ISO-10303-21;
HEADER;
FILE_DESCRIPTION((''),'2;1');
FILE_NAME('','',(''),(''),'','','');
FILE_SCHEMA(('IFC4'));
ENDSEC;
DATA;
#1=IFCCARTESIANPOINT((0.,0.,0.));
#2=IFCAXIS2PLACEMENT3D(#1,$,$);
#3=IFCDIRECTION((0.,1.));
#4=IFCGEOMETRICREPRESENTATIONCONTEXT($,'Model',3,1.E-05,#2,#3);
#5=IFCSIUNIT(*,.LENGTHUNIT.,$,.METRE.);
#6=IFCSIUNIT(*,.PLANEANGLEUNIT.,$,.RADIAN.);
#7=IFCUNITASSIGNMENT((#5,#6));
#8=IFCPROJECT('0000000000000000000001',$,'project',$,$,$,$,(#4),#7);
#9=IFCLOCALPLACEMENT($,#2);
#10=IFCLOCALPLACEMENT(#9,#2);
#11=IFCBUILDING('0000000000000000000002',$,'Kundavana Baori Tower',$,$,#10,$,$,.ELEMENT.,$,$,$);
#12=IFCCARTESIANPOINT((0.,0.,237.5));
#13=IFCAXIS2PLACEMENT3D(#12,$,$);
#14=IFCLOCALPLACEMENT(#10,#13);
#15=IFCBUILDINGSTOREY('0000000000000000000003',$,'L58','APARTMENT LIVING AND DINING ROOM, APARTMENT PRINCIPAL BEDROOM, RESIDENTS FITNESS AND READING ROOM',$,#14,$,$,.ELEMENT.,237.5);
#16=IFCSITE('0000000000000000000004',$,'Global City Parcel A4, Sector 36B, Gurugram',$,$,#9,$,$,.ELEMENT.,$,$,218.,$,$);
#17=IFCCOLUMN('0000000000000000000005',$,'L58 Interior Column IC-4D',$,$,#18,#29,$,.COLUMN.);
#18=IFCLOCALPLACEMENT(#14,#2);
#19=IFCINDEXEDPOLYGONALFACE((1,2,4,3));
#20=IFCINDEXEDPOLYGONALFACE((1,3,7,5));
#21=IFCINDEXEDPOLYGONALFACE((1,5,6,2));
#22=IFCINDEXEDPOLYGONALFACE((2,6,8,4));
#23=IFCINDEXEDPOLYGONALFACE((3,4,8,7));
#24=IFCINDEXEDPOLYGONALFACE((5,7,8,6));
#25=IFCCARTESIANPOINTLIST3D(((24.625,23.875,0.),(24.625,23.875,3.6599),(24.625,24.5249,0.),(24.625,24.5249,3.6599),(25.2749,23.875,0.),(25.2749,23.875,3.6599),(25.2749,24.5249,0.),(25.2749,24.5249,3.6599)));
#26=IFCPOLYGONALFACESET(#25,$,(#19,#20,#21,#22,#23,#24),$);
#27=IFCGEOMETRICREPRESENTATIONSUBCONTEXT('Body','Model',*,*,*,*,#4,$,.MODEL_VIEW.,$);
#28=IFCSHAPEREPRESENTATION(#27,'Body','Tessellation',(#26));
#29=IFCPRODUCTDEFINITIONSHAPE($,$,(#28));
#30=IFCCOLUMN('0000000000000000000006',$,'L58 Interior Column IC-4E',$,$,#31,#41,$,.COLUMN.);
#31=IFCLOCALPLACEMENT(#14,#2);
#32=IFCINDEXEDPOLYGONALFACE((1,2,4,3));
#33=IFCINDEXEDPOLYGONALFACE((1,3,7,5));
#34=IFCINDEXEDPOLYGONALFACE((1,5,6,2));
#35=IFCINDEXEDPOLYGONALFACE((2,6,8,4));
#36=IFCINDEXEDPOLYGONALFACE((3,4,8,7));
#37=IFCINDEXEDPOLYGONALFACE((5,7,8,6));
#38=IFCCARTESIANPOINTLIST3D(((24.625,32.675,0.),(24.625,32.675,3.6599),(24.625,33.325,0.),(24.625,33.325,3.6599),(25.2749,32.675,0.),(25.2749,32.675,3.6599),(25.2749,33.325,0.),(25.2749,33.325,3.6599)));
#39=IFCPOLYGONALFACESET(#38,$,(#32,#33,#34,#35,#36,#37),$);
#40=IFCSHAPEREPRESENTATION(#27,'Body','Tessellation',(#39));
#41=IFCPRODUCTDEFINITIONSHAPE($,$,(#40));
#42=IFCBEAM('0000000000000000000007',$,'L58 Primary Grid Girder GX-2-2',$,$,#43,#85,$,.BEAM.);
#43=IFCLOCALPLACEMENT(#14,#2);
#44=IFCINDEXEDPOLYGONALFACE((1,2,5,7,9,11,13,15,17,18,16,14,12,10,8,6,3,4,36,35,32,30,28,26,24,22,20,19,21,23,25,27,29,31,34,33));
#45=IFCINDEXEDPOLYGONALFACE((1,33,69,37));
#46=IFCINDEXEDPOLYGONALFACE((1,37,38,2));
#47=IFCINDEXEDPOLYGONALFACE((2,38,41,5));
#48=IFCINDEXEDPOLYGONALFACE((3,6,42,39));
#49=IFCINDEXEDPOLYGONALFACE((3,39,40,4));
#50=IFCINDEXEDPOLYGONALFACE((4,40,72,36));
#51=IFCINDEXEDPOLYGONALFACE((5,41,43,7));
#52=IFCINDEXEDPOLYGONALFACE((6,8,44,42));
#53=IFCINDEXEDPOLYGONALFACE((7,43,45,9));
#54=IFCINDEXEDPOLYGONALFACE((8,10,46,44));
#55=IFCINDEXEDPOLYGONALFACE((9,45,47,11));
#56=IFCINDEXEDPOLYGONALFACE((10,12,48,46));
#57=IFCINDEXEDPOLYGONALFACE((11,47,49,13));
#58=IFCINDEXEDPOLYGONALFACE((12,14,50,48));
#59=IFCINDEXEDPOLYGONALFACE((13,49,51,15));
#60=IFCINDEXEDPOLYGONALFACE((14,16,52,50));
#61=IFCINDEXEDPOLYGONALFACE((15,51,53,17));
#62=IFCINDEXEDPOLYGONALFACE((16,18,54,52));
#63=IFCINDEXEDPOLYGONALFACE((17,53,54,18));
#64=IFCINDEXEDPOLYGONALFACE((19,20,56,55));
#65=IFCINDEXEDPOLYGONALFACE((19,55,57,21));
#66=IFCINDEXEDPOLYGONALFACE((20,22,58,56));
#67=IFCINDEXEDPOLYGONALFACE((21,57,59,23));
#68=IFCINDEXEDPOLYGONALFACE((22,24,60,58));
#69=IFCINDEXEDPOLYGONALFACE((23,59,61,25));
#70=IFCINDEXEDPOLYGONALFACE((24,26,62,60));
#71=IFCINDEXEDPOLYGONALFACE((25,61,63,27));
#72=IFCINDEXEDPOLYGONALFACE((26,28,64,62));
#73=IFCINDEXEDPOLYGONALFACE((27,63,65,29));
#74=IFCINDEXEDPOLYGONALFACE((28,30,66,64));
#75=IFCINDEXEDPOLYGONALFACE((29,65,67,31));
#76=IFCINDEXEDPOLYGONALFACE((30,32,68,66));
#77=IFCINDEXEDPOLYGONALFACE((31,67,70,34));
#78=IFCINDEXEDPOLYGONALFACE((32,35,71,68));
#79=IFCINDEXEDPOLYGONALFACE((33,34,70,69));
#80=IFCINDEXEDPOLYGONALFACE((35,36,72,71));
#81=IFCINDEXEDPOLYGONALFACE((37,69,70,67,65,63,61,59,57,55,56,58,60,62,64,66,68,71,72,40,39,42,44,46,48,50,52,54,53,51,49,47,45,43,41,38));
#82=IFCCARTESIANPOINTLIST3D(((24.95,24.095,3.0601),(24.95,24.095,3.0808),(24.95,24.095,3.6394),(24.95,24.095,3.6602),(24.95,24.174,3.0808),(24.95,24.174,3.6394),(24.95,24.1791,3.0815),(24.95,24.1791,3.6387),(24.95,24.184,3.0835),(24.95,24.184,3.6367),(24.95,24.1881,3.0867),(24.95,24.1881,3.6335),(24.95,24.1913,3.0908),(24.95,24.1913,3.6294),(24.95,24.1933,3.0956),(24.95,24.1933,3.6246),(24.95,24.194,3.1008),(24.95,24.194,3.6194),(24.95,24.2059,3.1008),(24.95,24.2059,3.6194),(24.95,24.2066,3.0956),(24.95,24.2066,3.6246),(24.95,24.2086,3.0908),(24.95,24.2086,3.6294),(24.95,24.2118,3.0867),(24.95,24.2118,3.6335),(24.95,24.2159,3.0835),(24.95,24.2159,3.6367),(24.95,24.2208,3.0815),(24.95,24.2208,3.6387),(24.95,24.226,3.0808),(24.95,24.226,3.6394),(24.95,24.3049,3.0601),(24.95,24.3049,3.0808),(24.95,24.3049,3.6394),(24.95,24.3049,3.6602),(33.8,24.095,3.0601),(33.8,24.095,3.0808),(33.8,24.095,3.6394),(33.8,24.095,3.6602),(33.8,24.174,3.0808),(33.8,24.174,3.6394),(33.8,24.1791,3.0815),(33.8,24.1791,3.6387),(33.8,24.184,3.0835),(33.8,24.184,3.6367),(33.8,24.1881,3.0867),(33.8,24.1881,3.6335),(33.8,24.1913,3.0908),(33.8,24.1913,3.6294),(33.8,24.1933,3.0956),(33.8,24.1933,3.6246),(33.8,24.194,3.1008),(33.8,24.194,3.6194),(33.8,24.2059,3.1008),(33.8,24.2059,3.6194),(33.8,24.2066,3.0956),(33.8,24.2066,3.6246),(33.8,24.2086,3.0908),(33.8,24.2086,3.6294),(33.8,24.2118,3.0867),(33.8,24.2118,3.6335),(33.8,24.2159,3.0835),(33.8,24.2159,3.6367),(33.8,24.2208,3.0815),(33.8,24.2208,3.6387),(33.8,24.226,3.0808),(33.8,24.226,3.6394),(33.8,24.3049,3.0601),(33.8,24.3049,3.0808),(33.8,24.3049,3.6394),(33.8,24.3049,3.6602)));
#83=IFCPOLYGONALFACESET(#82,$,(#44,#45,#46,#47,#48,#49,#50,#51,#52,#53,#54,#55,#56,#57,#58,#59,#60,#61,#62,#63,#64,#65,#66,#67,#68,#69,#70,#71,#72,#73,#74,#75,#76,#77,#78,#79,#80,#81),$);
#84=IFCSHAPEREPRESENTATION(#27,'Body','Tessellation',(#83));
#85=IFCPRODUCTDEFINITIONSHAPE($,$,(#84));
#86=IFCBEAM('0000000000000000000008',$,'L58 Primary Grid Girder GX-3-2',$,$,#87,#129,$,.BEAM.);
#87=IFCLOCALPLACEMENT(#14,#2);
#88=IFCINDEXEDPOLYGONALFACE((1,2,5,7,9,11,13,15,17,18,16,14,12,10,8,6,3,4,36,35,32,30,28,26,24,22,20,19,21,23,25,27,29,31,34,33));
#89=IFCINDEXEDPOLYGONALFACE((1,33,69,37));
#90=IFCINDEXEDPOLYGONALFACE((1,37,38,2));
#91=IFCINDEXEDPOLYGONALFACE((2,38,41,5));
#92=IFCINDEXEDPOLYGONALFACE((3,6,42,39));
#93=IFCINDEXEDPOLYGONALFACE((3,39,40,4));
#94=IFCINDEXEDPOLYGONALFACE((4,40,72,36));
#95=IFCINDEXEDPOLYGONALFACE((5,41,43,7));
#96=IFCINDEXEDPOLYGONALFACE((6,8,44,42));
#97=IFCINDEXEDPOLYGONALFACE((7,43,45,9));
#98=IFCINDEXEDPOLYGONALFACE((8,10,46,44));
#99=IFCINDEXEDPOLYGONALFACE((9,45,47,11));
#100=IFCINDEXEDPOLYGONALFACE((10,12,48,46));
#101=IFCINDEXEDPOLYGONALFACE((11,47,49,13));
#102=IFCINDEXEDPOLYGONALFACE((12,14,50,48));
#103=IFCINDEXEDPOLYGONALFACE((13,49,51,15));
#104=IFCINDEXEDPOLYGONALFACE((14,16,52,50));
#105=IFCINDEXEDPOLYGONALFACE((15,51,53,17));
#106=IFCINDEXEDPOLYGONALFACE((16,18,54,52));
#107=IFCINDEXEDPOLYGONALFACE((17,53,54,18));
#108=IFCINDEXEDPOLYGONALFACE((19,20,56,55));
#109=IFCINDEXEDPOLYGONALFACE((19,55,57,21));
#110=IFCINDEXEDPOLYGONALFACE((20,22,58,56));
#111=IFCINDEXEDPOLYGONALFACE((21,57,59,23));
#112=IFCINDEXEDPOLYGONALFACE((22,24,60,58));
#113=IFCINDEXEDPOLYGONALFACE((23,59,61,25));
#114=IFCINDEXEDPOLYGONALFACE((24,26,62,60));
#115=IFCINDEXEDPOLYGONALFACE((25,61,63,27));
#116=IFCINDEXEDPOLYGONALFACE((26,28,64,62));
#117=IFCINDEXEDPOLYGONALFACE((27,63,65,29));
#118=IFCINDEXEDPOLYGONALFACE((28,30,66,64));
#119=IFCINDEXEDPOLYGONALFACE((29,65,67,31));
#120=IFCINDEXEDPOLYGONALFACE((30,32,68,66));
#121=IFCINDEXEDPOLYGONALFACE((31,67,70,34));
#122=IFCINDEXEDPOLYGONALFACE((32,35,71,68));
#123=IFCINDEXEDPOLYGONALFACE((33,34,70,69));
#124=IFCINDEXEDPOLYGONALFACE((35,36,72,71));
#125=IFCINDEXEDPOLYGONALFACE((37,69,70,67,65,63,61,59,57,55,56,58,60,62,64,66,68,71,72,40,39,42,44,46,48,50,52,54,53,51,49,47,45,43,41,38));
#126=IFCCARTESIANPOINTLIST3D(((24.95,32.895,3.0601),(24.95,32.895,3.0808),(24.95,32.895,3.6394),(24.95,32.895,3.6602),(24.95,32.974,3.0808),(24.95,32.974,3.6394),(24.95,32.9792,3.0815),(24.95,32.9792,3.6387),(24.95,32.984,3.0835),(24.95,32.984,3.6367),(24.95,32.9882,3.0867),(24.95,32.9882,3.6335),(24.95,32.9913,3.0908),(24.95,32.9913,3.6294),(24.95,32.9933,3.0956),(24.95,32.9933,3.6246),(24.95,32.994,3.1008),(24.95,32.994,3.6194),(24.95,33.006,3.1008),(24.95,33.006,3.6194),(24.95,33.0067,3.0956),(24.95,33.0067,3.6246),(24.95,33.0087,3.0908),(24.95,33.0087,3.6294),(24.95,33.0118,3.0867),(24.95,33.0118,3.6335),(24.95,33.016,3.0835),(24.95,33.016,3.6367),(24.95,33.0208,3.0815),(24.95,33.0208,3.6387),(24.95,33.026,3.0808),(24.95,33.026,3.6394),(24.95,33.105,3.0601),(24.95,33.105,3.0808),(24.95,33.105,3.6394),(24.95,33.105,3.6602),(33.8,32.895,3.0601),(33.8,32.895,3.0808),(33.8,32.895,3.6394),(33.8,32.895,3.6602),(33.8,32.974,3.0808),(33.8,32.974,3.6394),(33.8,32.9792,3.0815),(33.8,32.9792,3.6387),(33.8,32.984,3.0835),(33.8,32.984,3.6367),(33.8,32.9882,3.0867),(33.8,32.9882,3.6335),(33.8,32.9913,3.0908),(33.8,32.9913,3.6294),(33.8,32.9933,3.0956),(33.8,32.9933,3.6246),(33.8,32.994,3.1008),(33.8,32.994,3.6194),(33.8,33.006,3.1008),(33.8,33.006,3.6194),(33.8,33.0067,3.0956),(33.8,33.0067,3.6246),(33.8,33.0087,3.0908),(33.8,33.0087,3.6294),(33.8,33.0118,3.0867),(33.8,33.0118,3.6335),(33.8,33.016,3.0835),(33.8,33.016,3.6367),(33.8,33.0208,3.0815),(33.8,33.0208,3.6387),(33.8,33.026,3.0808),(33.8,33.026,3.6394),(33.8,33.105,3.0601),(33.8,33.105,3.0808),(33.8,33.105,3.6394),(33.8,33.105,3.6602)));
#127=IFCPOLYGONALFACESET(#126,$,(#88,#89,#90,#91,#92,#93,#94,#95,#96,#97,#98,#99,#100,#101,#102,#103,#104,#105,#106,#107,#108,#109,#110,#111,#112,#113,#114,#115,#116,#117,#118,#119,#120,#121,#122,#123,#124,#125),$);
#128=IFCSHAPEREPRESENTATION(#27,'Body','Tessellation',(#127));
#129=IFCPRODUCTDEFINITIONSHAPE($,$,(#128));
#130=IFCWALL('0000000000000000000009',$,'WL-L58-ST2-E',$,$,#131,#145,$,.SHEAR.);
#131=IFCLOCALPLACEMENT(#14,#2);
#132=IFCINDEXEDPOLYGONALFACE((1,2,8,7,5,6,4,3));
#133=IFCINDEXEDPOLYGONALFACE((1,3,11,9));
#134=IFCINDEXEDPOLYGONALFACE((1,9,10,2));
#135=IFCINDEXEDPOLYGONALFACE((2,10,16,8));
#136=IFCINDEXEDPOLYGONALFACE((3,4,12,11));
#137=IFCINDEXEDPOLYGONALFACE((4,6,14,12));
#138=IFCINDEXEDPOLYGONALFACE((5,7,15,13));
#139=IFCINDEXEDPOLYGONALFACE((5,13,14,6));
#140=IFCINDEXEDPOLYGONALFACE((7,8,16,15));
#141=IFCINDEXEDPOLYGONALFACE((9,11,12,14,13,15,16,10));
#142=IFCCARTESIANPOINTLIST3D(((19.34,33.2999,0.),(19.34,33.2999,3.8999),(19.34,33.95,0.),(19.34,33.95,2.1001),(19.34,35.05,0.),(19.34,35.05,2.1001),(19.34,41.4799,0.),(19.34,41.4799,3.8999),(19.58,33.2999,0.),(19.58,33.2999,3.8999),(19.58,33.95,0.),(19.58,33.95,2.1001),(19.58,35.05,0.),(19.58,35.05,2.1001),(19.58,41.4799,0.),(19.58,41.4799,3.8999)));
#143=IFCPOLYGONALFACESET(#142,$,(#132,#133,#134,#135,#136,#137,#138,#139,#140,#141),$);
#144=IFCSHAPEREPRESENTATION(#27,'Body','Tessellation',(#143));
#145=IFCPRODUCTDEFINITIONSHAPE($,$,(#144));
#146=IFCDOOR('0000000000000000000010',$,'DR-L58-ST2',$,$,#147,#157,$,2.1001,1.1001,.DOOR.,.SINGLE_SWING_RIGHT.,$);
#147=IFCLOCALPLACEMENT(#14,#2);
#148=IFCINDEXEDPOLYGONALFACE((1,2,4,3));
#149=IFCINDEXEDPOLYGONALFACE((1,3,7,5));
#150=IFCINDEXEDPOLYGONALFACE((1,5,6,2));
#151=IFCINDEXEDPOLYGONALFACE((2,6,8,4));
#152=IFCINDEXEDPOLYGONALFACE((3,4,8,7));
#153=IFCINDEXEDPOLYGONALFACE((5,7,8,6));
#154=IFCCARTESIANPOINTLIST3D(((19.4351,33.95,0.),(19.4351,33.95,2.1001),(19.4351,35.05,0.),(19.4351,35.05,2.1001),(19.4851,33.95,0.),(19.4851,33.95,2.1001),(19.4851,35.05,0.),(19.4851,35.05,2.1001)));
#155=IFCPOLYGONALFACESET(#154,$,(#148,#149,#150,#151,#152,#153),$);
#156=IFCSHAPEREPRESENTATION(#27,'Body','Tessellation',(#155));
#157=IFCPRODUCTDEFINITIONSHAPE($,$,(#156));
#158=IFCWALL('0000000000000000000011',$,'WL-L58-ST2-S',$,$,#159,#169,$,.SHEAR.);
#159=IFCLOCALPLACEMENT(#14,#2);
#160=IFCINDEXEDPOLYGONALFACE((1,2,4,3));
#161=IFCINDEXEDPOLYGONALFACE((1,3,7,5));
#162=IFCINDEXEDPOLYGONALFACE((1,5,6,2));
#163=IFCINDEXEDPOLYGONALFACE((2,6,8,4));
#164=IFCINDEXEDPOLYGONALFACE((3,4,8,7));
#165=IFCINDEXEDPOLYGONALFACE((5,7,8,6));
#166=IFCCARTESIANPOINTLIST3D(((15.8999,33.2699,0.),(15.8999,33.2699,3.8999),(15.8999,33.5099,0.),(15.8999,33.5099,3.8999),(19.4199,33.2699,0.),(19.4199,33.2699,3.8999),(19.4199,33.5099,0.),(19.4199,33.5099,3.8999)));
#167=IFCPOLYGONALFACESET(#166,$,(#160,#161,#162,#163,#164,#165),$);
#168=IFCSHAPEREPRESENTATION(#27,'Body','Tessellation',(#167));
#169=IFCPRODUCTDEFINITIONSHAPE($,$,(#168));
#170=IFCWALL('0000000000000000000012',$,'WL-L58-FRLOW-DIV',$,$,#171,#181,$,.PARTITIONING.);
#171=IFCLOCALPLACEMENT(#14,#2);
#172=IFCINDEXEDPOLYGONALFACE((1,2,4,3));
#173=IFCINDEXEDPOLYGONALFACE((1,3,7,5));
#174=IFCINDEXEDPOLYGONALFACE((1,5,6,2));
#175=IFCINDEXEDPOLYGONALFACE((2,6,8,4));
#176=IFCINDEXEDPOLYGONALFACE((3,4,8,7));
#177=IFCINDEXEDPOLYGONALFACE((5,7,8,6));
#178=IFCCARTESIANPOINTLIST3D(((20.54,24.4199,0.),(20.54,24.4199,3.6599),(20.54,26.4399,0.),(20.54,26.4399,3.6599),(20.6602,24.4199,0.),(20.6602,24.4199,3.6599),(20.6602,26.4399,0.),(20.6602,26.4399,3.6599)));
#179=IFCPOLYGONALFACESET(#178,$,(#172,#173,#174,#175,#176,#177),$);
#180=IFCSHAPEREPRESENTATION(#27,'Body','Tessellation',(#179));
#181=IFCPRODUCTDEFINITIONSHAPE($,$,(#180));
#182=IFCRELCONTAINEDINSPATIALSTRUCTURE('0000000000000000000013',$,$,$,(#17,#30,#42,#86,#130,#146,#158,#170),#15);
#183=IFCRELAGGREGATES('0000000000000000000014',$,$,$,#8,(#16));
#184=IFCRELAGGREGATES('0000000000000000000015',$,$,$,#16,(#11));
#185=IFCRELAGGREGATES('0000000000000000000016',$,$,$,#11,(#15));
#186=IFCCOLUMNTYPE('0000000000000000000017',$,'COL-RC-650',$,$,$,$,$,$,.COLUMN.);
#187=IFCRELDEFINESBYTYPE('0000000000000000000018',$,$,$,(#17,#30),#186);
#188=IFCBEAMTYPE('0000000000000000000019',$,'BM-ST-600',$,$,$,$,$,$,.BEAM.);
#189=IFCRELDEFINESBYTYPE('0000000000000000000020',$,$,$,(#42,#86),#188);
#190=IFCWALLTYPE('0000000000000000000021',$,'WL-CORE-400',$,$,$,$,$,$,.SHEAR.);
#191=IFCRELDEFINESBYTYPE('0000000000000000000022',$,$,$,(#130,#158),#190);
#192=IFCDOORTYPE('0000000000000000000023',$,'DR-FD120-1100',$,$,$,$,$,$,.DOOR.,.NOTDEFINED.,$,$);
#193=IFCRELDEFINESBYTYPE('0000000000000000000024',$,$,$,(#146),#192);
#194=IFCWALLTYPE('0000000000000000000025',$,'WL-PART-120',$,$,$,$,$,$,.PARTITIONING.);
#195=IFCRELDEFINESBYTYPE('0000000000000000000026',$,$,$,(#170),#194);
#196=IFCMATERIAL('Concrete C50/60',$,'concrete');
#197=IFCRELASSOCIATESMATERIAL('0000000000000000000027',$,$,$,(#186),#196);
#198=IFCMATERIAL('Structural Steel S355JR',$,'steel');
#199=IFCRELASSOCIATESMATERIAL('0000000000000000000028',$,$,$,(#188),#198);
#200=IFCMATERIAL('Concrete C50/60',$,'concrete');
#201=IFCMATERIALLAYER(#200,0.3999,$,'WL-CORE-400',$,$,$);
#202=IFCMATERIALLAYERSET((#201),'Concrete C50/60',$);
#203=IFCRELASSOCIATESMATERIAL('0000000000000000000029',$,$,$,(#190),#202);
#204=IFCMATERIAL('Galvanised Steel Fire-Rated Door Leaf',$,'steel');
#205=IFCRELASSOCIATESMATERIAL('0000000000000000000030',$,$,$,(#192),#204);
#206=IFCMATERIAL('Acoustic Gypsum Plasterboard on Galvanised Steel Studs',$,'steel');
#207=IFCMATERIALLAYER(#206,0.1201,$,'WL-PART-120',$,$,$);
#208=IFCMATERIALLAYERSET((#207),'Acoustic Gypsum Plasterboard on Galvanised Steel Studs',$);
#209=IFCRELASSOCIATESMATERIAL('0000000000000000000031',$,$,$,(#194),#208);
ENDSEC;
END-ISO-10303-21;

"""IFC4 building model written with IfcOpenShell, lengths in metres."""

from ifc_helpers import new_model, si_unit, direction, frame, frame_2d, origin, origin_2d, place, context, subcontext, project, spatial, rectangle, i_section, extrude, material, layer, layer_set, material_profile, profile_set, type_object, element, fill, save


model = new_model("IFC4")

# Units and contexts
model_context = context("Model", 3, precision=1e-05, world=origin(), true_north=direction((0.0, 1.0)))
body_context = subcontext(model_context, "Body", "Model", "MODEL_VIEW")
ifc_project = project(units=[si_unit("LENGTHUNIT", "METRE"), si_unit("PLANEANGLEUNIT", "RADIAN")], contexts=[model_context])

# Site, building, storey
site_placement = place(None, origin())
site = spatial("IfcSite", under=ifc_project, at=site_placement, Name="Global City Parcel A4, Sector 36B, Gurugram", CompositionType="ELEMENT", RefElevation=218.0)
building_placement = place(site_placement, origin())
building = spatial("IfcBuilding", under=site, at=building_placement, Name="Kundavana Baori Tower", CompositionType="ELEMENT")
storey_placement = place(building_placement, frame((0.0, 0.0, 237.5)))
storey = spatial("IfcBuildingStorey", under=building, at=storey_placement, Name="L58", Description="APARTMENT LIVING AND DINING ROOM, APARTMENT PRINCIPAL BEDROOM, RESIDENTS FITNESS AND READING ROOM", CompositionType="ELEMENT", Elevation=237.5)

# Columns
ifc_material_1 = material(Name="Concrete C50/60", Category="concrete")
ifc_material_profile_1 = material_profile(ifc_material_1, rectangle(XDim=0.6499, YDim=0.6499, at=origin_2d()), Name="RC 650x650")
ifc_profile_set_1 = profile_set([ifc_material_profile_1], Name="Concrete C50/60")
column_type = type_object("IfcColumnType", Name="COL-RC-650", PredefinedType="COLUMN", material=ifc_profile_set_1)
for number, where, z_axis, x_axis, name in (
    (1, (24.95, 24.2, 0.0), (0.0, 0.0, 1.0), (1.0, 0.0, 0.0), "L58 Interior Column IC-4D"),
    (2, (24.95, 33.0, 0.0), (0.0, 0.0, 1.0), (1.0, 0.0, 0.0), "L58 Interior Column IC-4E"),
):
    element("IfcColumn", number, at=place(storey_placement, frame(where, z_axis=z_axis, x_axis=x_axis)), inside=storey, type_object=column_type, Name=name, PredefinedType="COLUMN", context=body_context, shape_type="SweptSolid", body=[
        extrude(rectangle(XDim=0.6499, YDim=0.6499, at=origin_2d()), origin(), (0.0, 0.0, 1.0), 3.6599),
    ])

# Beams
ifc_material_2 = material(Name="Structural Steel S355JR", Category="steel")
ifc_material_profile_2 = material_profile(ifc_material_2, i_section(OverallWidth=0.21, OverallDepth=0.6001, WebThickness=0.012, FlangeThickness=0.0208, FilletRadius=0.02, at=origin_2d()), Name="ISMB 600")
ifc_profile_set_2 = profile_set([ifc_material_profile_2], Name="Structural Steel S355JR")
beam_type = type_object("IfcBeamType", Name="BM-ST-600", PredefinedType="BEAM", material=ifc_profile_set_2)
for number, where, z_axis, x_axis, name in (
    (3, (24.95, 24.2, 3.3601), (1.0, 0.0, 0.0), (0.0, 1.0, 0.0), "L58 Primary Grid Girder GX-2-2"),
    (4, (24.95, 33.0, 3.3601), (1.0, 0.0, 0.0), (0.0, 1.0, 0.0), "L58 Primary Grid Girder GX-3-2"),
):
    element("IfcBeam", number, at=place(storey_placement, frame(where, z_axis=z_axis, x_axis=x_axis)), inside=storey, type_object=beam_type, Name=name, PredefinedType="BEAM", context=body_context, shape_type="SweptSolid", body=[
        extrude(i_section(OverallWidth=0.21, OverallDepth=0.6001, WebThickness=0.012, FlangeThickness=0.0208, FilletRadius=0.02, at=origin_2d()), origin(), (0.0, 0.0, 1.0), 8.8501),
    ])

# Wall, opening, door
ifc_material_3 = material(Name="Concrete C50/60", Category="concrete")
ifc_layer_1 = layer(ifc_material_3, 0.3999, Name="WL-CORE-400")
ifc_layer_set_1 = layer_set([ifc_layer_1], Name="Concrete C50/60")
wall_type_1 = type_object("IfcWallType", Name="WL-CORE-400", PredefinedType="SHEAR", material=ifc_layer_set_1)
wall_1_placement = place(storey_placement, frame((19.46, 33.3, 0.0), z_axis=(0.0, 0.0, 1.0), x_axis=(0.0, 1.0, 0.0)))
wall_1 = element("IfcWall", 5, at=wall_1_placement, inside=storey, type_object=wall_type_1, Name="WL-L58-ST2-E", PredefinedType="SHEAR", context=body_context, shape_type="SweptSolid", body=[
    extrude(rectangle(XDim=8.1799, YDim=0.24, at=frame_2d((4.0898, 0.0))), origin(), (0.0, 0.0, 1.0), 3.8999),
])
opening_1_placement = place(wall_1_placement, frame((0.6499, 0.0, 0.0)))
opening_1 = element("IfcOpeningElement", 6, at=opening_1_placement, cuts=wall_1, PredefinedType="OPENING", context=body_context, shape_type="SweptSolid", body=[
    extrude(rectangle(XDim=1.1001, YDim=2.1001, at=frame_2d((0.55, 1.05))), frame((0.0, 0.1299, 0.0), z_axis=(0.0, -1.0, 0.0), x_axis=(1.0, 0.0, 0.0)), (0.0, 0.0, 1.0), 0.26),
])
ifc_material_4 = material(Name="Galvanised Steel Fire-Rated Door Leaf", Category="steel")
door_type_1 = type_object("IfcDoorType", Name="DR-FD120-1100", OperationType="NOTDEFINED", PredefinedType="DOOR", material=ifc_material_4)
door_1_placement = place(opening_1_placement, origin())
door_1 = element("IfcDoor", 7, at=door_1_placement, inside=storey, type_object=door_type_1, Name="DR-L58-ST2", OperationType="SINGLE_SWING_RIGHT", OverallHeight=2.1001, OverallWidth=1.1001, PredefinedType="DOOR", context=body_context, shape_type="SweptSolid", body=[
    extrude(rectangle(XDim=1.1001, YDim=2.1001, at=frame_2d((0.55, 1.05))), frame((0.0, 0.0249, 0.0), z_axis=(0.0, -1.0, 0.0), x_axis=(1.0, 0.0, 0.0)), (0.0, 0.0, 1.0), 0.05),
])
fill(opening_1, door_1)

# Walls
wall_2_placement = place(storey_placement, frame((15.8999, 33.3899, 0.0), z_axis=(0.0, 0.0, 1.0), x_axis=(1.0, 0.0, 0.0)))
element("IfcWall", 8, at=wall_2_placement, inside=storey, type_object=wall_type_1, Name="WL-L58-ST2-S", PredefinedType="SHEAR", context=body_context, shape_type="SweptSolid", body=[
    extrude(rectangle(XDim=3.52, YDim=0.24, at=frame_2d((1.76, 0.0))), origin(), (0.0, 0.0, 1.0), 3.8999),
])
ifc_material_5 = material(Name="Acoustic Gypsum Plasterboard on Galvanised Steel Studs", Category="steel")
ifc_layer_2 = layer(ifc_material_5, 0.1201, Name="WL-PART-120")
ifc_layer_set_2 = layer_set([ifc_layer_2], Name="Acoustic Gypsum Plasterboard on Galvanised Steel Studs")
wall_type_2 = type_object("IfcWallType", Name="WL-PART-120", PredefinedType="PARTITIONING", material=ifc_layer_set_2)
wall_3_placement = place(storey_placement, frame((20.6001, 24.4199, 0.0), z_axis=(0.0, 0.0, 1.0), x_axis=(0.0, 1.0, 0.0)))
element("IfcWall", 9, at=wall_3_placement, inside=storey, type_object=wall_type_2, Name="WL-L58-FRLOW-DIV", PredefinedType="PARTITIONING", context=body_context, shape_type="SweptSolid", body=[
    extrude(rectangle(XDim=2.02, YDim=0.1201, at=frame_2d((1.01, 0.0))), origin(), (0.0, 0.0, 1.0), 3.6599),
])

save(model, "model.ifc")
